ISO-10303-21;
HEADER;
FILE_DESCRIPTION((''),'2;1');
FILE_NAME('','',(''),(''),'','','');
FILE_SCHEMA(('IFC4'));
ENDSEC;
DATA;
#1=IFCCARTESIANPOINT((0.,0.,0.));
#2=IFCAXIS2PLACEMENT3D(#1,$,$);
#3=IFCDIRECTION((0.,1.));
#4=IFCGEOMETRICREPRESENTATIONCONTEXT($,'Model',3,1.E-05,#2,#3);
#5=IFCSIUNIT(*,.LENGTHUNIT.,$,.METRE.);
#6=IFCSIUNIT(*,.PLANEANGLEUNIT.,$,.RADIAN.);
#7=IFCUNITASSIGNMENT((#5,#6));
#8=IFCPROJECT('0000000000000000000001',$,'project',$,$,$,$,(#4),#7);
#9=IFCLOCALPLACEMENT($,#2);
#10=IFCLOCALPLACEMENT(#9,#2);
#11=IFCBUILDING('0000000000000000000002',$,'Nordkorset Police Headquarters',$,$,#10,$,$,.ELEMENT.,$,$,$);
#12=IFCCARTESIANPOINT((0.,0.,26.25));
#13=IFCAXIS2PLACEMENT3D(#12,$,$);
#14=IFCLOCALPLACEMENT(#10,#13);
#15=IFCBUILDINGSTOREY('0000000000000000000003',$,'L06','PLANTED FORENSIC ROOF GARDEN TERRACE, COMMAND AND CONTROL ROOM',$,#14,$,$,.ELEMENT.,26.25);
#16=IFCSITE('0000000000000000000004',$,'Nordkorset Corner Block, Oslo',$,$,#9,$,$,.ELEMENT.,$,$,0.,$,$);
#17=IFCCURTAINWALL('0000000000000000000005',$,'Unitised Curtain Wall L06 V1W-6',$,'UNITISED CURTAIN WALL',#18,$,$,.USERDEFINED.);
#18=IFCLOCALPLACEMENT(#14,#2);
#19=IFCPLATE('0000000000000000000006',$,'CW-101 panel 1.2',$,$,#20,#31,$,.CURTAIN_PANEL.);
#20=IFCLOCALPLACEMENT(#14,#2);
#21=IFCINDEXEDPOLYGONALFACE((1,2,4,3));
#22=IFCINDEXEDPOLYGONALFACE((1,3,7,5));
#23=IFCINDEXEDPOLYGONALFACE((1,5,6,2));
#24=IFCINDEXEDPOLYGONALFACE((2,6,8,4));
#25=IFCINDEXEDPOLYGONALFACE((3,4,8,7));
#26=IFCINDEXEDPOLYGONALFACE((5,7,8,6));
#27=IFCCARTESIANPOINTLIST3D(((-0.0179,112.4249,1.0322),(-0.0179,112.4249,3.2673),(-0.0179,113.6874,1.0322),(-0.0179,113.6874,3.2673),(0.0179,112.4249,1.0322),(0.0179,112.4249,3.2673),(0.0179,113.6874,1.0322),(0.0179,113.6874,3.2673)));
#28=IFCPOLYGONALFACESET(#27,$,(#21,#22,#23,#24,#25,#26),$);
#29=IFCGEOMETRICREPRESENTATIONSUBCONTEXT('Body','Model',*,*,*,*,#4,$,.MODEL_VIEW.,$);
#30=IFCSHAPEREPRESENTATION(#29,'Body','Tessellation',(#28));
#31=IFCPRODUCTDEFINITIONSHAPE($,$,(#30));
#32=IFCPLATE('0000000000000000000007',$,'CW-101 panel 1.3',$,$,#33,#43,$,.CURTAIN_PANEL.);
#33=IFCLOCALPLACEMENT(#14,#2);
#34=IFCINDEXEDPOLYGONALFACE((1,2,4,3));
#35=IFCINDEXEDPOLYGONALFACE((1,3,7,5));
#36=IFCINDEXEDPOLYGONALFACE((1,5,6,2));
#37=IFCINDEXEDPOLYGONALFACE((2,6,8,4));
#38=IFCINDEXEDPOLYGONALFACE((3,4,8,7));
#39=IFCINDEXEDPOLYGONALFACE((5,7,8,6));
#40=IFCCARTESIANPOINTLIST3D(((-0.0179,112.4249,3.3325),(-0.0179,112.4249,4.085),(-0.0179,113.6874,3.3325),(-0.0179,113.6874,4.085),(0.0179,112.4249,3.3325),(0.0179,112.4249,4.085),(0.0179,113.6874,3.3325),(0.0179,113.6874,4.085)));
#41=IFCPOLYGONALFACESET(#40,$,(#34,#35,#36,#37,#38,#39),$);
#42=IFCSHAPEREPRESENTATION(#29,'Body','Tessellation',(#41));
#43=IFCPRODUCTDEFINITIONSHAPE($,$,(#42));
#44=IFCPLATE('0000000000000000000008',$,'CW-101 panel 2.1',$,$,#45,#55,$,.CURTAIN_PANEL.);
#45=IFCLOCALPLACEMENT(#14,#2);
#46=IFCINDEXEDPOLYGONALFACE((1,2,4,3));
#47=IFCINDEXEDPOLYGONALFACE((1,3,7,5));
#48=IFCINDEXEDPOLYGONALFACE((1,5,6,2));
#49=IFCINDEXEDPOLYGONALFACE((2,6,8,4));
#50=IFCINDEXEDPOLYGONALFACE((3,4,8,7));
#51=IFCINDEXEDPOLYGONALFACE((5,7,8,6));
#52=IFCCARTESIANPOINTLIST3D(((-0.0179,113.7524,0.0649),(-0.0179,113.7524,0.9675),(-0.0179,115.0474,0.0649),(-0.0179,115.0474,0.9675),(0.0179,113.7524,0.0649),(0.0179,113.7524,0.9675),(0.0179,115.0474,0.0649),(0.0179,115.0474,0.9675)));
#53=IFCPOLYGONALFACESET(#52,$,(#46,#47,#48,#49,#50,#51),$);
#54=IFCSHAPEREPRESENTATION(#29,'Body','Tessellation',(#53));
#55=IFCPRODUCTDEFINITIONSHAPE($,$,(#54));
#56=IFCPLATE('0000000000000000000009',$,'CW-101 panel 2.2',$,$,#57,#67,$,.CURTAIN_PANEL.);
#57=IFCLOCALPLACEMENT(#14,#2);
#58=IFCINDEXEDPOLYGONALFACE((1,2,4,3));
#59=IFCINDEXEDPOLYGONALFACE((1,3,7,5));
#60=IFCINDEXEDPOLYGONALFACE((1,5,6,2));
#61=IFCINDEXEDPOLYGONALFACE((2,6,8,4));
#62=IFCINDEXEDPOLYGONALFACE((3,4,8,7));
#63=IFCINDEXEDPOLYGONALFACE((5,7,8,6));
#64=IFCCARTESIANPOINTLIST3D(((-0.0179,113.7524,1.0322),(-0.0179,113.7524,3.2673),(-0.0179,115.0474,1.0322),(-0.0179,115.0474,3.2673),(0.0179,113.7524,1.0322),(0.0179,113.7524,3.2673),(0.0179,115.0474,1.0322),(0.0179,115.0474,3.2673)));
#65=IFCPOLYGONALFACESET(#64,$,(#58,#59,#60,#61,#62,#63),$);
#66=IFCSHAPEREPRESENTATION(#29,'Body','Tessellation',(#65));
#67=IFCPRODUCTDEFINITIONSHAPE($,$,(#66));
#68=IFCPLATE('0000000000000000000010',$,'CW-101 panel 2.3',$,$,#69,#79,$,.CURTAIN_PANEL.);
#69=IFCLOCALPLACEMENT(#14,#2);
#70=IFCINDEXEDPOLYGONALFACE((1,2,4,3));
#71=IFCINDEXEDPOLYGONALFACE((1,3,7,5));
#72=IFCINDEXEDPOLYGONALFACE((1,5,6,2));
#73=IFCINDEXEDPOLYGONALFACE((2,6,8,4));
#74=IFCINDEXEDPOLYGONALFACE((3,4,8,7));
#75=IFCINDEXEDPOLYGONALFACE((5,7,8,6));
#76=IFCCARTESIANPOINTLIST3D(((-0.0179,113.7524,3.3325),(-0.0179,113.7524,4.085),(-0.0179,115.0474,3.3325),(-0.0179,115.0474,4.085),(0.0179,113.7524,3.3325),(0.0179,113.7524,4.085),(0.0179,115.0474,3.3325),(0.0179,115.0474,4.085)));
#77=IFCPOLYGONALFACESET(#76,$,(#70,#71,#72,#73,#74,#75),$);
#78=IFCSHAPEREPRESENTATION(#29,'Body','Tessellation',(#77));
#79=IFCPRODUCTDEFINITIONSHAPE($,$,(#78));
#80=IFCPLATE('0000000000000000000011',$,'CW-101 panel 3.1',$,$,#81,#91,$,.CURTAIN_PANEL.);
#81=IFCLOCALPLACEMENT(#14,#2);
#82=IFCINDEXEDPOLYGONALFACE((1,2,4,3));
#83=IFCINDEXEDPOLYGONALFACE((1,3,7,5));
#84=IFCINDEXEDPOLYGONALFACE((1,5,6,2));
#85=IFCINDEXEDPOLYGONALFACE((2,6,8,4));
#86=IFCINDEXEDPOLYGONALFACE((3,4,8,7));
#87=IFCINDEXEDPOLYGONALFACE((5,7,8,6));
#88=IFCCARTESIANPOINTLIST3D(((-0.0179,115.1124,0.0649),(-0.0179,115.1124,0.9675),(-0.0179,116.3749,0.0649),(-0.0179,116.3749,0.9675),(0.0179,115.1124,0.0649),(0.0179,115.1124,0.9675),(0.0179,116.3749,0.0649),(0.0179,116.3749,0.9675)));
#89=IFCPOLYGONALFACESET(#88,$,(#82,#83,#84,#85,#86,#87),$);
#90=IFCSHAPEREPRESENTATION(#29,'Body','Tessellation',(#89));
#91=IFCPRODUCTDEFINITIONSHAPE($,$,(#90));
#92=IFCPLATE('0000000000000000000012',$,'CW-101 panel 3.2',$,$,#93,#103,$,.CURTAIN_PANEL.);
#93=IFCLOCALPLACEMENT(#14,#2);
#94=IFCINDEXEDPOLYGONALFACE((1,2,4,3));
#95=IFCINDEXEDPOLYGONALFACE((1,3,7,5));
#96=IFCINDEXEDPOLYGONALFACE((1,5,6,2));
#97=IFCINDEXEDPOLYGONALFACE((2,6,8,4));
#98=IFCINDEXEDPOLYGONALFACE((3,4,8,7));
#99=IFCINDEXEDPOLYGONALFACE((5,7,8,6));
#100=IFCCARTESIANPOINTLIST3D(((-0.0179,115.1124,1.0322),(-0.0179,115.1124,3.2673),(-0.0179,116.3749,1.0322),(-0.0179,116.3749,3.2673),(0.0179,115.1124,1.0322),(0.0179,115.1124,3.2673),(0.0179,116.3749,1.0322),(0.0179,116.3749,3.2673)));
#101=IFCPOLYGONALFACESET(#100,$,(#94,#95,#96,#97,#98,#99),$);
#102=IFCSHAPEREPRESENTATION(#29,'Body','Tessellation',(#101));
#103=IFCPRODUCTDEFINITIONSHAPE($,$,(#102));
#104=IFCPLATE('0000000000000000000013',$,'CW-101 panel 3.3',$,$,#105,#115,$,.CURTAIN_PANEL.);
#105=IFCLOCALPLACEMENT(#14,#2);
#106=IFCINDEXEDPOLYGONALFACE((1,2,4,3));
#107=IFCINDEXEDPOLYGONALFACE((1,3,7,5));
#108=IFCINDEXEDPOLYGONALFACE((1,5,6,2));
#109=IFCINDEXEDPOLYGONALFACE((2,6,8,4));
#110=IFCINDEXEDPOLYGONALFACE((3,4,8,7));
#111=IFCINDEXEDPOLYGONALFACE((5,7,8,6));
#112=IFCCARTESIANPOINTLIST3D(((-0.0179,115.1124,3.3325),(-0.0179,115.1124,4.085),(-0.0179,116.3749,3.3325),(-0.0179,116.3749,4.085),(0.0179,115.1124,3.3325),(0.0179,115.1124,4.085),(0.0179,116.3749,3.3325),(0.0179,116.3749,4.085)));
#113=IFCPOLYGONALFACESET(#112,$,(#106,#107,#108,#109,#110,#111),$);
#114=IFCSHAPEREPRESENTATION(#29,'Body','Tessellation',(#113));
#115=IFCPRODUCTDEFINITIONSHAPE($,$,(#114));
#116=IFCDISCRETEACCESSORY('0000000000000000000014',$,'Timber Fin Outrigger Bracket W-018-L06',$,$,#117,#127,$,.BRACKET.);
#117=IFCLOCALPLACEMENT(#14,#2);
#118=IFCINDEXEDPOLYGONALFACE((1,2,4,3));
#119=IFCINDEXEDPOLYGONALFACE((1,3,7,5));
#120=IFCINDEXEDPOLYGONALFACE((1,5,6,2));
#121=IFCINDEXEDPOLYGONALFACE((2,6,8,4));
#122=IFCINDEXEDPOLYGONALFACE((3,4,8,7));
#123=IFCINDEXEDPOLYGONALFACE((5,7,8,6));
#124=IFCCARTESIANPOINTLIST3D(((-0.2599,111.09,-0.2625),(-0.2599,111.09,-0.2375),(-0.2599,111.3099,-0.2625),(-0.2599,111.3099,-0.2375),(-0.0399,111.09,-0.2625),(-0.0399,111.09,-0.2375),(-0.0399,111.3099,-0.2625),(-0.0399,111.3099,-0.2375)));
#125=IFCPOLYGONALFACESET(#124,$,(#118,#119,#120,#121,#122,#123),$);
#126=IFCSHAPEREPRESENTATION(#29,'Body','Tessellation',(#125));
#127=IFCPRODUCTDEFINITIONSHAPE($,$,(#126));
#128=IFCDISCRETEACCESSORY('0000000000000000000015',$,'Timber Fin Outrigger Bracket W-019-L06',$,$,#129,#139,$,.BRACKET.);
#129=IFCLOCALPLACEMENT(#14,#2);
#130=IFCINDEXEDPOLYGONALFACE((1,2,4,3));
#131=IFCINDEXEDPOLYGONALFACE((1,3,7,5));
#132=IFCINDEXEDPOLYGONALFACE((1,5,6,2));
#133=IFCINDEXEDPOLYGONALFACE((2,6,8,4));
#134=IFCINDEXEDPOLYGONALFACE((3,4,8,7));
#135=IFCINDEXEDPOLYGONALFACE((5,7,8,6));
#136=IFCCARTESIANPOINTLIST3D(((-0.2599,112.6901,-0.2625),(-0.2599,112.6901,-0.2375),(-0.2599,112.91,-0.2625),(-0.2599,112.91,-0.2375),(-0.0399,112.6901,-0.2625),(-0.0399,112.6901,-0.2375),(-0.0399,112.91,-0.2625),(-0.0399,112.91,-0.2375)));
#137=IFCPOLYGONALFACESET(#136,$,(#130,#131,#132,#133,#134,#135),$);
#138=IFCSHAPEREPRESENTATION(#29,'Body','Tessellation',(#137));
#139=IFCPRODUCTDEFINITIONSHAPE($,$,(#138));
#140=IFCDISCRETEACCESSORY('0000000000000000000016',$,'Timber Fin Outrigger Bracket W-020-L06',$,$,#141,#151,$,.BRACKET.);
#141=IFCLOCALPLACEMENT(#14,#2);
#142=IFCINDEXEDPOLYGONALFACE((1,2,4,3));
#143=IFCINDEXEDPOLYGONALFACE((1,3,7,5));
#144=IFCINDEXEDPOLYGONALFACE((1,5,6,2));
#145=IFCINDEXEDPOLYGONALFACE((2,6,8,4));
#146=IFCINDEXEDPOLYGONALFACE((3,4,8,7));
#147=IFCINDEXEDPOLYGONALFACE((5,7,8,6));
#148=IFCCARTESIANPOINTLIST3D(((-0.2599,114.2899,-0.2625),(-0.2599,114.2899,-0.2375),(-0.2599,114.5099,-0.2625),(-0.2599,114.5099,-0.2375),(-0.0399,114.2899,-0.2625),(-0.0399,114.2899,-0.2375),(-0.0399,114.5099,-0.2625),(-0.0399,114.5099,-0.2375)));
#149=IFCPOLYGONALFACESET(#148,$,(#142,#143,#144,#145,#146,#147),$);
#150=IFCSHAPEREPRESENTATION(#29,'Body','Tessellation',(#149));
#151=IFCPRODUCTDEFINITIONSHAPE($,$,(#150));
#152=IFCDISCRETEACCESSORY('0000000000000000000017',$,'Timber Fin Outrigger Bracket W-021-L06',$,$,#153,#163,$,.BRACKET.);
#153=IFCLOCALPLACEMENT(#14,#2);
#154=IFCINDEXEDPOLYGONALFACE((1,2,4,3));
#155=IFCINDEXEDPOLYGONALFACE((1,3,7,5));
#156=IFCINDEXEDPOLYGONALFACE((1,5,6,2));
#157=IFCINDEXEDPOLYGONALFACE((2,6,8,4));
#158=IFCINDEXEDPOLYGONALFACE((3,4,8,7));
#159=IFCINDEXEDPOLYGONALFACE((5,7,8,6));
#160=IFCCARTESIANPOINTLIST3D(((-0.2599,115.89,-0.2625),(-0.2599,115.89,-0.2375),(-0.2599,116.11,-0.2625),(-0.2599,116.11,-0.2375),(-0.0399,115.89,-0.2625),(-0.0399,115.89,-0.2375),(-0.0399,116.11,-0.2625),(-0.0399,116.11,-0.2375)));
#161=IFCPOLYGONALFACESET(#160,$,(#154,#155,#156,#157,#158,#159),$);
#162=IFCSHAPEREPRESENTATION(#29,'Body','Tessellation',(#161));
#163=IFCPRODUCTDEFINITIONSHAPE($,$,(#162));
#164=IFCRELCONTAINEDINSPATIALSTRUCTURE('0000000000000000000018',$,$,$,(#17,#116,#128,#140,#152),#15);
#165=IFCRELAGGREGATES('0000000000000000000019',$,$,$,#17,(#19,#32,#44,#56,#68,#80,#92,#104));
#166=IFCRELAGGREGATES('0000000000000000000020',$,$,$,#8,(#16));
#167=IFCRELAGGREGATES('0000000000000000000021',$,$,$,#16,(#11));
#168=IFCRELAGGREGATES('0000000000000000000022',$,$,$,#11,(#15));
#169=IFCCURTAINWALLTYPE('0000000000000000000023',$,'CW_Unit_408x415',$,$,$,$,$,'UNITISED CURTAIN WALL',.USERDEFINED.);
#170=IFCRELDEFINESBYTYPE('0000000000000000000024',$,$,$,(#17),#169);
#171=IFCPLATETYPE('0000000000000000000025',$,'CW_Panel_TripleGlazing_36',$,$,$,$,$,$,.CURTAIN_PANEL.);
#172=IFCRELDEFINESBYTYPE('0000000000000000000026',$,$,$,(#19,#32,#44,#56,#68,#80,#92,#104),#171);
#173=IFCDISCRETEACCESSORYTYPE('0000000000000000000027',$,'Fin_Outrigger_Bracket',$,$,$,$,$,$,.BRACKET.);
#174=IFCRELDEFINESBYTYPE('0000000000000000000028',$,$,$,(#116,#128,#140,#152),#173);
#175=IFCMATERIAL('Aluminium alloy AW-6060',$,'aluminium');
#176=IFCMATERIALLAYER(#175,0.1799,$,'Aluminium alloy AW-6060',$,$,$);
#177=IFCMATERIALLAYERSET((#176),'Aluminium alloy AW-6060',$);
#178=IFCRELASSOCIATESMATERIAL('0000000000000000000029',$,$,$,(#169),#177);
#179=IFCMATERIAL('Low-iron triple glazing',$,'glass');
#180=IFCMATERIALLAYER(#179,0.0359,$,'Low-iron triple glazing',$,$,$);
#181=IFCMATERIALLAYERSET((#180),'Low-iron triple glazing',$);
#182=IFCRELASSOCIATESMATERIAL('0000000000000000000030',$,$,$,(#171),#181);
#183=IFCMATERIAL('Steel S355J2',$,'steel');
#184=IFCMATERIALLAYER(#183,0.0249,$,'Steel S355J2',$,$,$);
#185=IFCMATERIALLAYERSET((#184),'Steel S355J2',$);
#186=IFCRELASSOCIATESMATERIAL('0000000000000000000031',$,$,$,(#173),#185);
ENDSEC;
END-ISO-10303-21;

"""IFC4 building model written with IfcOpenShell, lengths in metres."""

from ifc_helpers import new_model, si_unit, direction, frame, origin, origin_2d, place, context, subcontext, project, spatial, rectangle, extrude, material, layer, layer_set, type_object, element, aggregate, save


model = new_model("IFC4")

# Units and contexts
model_context = context("Model", 3, precision=1e-05, world=origin(), true_north=direction((0.0, 1.0)))
body_context = subcontext(model_context, "Body", "Model", "MODEL_VIEW")
ifc_project = project(units=[si_unit("LENGTHUNIT", "METRE"), si_unit("PLANEANGLEUNIT", "RADIAN")], contexts=[model_context])

# Site, building, storey
site_placement = place(None, origin())
site = spatial("IfcSite", under=ifc_project, at=site_placement, Name="Nordkorset Corner Block, Oslo", CompositionType="ELEMENT", RefElevation=0.0)
building_placement = place(site_placement, origin())
building = spatial("IfcBuilding", under=site, at=building_placement, Name="Nordkorset Police Headquarters", CompositionType="ELEMENT")
storey_placement = place(building_placement, frame((0.0, 0.0, 26.25)))
storey = spatial("IfcBuildingStorey", under=building, at=storey_placement, Name="L06", Description="PLANTED FORENSIC ROOF GARDEN TERRACE, COMMAND AND CONTROL ROOM", CompositionType="ELEMENT", Elevation=26.25)

# Shared definitions
ifc_material_1 = material(Name="Aluminium alloy AW-6060", Category="aluminium")
ifc_layer_1 = layer(ifc_material_1, 0.1799, Name="Aluminium alloy AW-6060")
ifc_layer_set_1 = layer_set([ifc_layer_1], Name="Aluminium alloy AW-6060")
curtain_wall_type = type_object("IfcCurtainWallType", Name="CW_Unit_408x415", ElementType="UNITISED CURTAIN WALL", PredefinedType="USERDEFINED", material=ifc_layer_set_1)

# Curtain wall
curtain_wall_1_placement = place(storey_placement, origin())
curtain_wall_1 = element("IfcCurtainWall", 1, at=curtain_wall_1_placement, inside=storey, type_object=curtain_wall_type, Name="Unitised Curtain Wall L06 V1W-6", ObjectType="UNITISED CURTAIN WALL", PredefinedType="USERDEFINED")

# Plates
ifc_material_2 = material(Name="Low-iron triple glazing", Category="glass")
ifc_layer_2 = layer(ifc_material_2, 0.0359, Name="Low-iron triple glazing")
ifc_layer_set_2 = layer_set([ifc_layer_2], Name="Low-iron triple glazing")
plate_type = type_object("IfcPlateType", Name="CW_Panel_TripleGlazing_36", PredefinedType="CURTAIN_PANEL", material=ifc_layer_set_2)
plate_1_placement = place(storey_placement, frame((0.0, 113.0562, 1.0322), z_axis=(0.0, 0.0, 1.0), x_axis=(0.0, 1.0, 0.0)))
plate_1 = element("IfcPlate", 2, at=plate_1_placement, type_object=plate_type, Name="CW-101 panel 1.2", PredefinedType="CURTAIN_PANEL", context=body_context, shape_type="SweptSolid", body=[
    extrude(rectangle(XDim=1.2625, YDim=0.0359, at=origin_2d()), origin(), (0.0, 0.0, 1.0), 2.2351),
])
plate_2_placement = place(storey_placement, frame((0.0, 113.0562, 3.3325), z_axis=(0.0, 0.0, 1.0), x_axis=(0.0, 1.0, 0.0)))
plate_2 = element("IfcPlate", 3, at=plate_2_placement, type_object=plate_type, Name="CW-101 panel 1.3", PredefinedType="CURTAIN_PANEL", context=body_context, shape_type="SweptSolid", body=[
    extrude(rectangle(XDim=1.2625, YDim=0.0359, at=origin_2d()), origin(), (0.0, 0.0, 1.0), 0.7524),
])
plate_3_placement = place(storey_placement, frame((0.0, 114.3999, 0.0649), z_axis=(0.0, 0.0, 1.0), x_axis=(0.0, 1.0, 0.0)))
plate_3 = element("IfcPlate", 4, at=plate_3_placement, type_object=plate_type, Name="CW-101 panel 2.1", PredefinedType="CURTAIN_PANEL", context=body_context, shape_type="SweptSolid", body=[
    extrude(rectangle(XDim=1.2949, YDim=0.0359, at=origin_2d()), origin(), (0.0, 0.0, 1.0), 0.9026),
])
plate_4_placement = place(storey_placement, frame((0.0, 114.3999, 1.0322), z_axis=(0.0, 0.0, 1.0), x_axis=(0.0, 1.0, 0.0)))
plate_4 = element("IfcPlate", 5, at=plate_4_placement, type_object=plate_type, Name="CW-101 panel 2.2", PredefinedType="CURTAIN_PANEL", context=body_context, shape_type="SweptSolid", body=[
    extrude(rectangle(XDim=1.2949, YDim=0.0359, at=origin_2d()), origin(), (0.0, 0.0, 1.0), 2.2351),
])
plate_5_placement = place(storey_placement, frame((0.0, 114.3999, 3.3325), z_axis=(0.0, 0.0, 1.0), x_axis=(0.0, 1.0, 0.0)))
plate_5 = element("IfcPlate", 6, at=plate_5_placement, type_object=plate_type, Name="CW-101 panel 2.3", PredefinedType="CURTAIN_PANEL", context=body_context, shape_type="SweptSolid", body=[
    extrude(rectangle(XDim=1.2949, YDim=0.0359, at=origin_2d()), origin(), (0.0, 0.0, 1.0), 0.7524),
])
plate_6_placement = place(storey_placement, frame((0.0, 115.7437, 0.0649), z_axis=(0.0, 0.0, 1.0), x_axis=(0.0, 1.0, 0.0)))
plate_6 = element("IfcPlate", 7, at=plate_6_placement, type_object=plate_type, Name="CW-101 panel 3.1", PredefinedType="CURTAIN_PANEL", context=body_context, shape_type="SweptSolid", body=[
    extrude(rectangle(XDim=1.2625, YDim=0.0359, at=origin_2d()), origin(), (0.0, 0.0, 1.0), 0.9026),
])
plate_7_placement = place(storey_placement, frame((0.0, 115.7437, 1.0322), z_axis=(0.0, 0.0, 1.0), x_axis=(0.0, 1.0, 0.0)))
plate_7 = element("IfcPlate", 8, at=plate_7_placement, type_object=plate_type, Name="CW-101 panel 3.2", PredefinedType="CURTAIN_PANEL", context=body_context, shape_type="SweptSolid", body=[
    extrude(rectangle(XDim=1.2625, YDim=0.0359, at=origin_2d()), origin(), (0.0, 0.0, 1.0), 2.2351),
])
plate_8_placement = place(storey_placement, frame((0.0, 115.7437, 3.3325), z_axis=(0.0, 0.0, 1.0), x_axis=(0.0, 1.0, 0.0)))
plate_8 = element("IfcPlate", 9, at=plate_8_placement, type_object=plate_type, Name="CW-101 panel 3.3", PredefinedType="CURTAIN_PANEL", context=body_context, shape_type="SweptSolid", body=[
    extrude(rectangle(XDim=1.2625, YDim=0.0359, at=origin_2d()), origin(), (0.0, 0.0, 1.0), 0.7524),
])
aggregate(curtain_wall_1, [plate_1, plate_2, plate_3, plate_4, plate_5, plate_6, plate_7, plate_8])

# Discrete accessories
ifc_material_3 = material(Name="Steel S355J2", Category="steel")
ifc_layer_3 = layer(ifc_material_3, 0.0249, Name="Steel S355J2")
ifc_layer_set_3 = layer_set([ifc_layer_3], Name="Steel S355J2")
discrete_accessory_type = type_object("IfcDiscreteAccessoryType", Name="Fin_Outrigger_Bracket", PredefinedType="BRACKET", material=ifc_layer_set_3)
for number, where, z_axis, x_axis, name in (
    (10, (-0.1499, 111.2, -0.2625), (0.0, 0.0, 1.0), (1.0, 0.0, 0.0), "Timber Fin Outrigger Bracket W-018-L06"),
    (11, (-0.1499, 112.8, -0.2625), (0.0, 0.0, 1.0), (1.0, 0.0, 0.0), "Timber Fin Outrigger Bracket W-019-L06"),
    (12, (-0.1499, 114.3999, -0.2625), (0.0, 0.0, 1.0), (1.0, 0.0, 0.0), "Timber Fin Outrigger Bracket W-020-L06"),
    (13, (-0.1499, 116.0, -0.2625), (0.0, 0.0, 1.0), (1.0, 0.0, 0.0), "Timber Fin Outrigger Bracket W-021-L06"),
):
    element("IfcDiscreteAccessory", number, at=place(storey_placement, frame(where, z_axis=z_axis, x_axis=x_axis)), inside=storey, type_object=discrete_accessory_type, Name=name, PredefinedType="BRACKET", context=body_context, shape_type="SweptSolid", body=[
        extrude(rectangle(XDim=0.22, YDim=0.22, at=origin_2d()), origin(), (0.0, 0.0, 1.0), 0.0249),
    ])

save(model, "model.ifc")
